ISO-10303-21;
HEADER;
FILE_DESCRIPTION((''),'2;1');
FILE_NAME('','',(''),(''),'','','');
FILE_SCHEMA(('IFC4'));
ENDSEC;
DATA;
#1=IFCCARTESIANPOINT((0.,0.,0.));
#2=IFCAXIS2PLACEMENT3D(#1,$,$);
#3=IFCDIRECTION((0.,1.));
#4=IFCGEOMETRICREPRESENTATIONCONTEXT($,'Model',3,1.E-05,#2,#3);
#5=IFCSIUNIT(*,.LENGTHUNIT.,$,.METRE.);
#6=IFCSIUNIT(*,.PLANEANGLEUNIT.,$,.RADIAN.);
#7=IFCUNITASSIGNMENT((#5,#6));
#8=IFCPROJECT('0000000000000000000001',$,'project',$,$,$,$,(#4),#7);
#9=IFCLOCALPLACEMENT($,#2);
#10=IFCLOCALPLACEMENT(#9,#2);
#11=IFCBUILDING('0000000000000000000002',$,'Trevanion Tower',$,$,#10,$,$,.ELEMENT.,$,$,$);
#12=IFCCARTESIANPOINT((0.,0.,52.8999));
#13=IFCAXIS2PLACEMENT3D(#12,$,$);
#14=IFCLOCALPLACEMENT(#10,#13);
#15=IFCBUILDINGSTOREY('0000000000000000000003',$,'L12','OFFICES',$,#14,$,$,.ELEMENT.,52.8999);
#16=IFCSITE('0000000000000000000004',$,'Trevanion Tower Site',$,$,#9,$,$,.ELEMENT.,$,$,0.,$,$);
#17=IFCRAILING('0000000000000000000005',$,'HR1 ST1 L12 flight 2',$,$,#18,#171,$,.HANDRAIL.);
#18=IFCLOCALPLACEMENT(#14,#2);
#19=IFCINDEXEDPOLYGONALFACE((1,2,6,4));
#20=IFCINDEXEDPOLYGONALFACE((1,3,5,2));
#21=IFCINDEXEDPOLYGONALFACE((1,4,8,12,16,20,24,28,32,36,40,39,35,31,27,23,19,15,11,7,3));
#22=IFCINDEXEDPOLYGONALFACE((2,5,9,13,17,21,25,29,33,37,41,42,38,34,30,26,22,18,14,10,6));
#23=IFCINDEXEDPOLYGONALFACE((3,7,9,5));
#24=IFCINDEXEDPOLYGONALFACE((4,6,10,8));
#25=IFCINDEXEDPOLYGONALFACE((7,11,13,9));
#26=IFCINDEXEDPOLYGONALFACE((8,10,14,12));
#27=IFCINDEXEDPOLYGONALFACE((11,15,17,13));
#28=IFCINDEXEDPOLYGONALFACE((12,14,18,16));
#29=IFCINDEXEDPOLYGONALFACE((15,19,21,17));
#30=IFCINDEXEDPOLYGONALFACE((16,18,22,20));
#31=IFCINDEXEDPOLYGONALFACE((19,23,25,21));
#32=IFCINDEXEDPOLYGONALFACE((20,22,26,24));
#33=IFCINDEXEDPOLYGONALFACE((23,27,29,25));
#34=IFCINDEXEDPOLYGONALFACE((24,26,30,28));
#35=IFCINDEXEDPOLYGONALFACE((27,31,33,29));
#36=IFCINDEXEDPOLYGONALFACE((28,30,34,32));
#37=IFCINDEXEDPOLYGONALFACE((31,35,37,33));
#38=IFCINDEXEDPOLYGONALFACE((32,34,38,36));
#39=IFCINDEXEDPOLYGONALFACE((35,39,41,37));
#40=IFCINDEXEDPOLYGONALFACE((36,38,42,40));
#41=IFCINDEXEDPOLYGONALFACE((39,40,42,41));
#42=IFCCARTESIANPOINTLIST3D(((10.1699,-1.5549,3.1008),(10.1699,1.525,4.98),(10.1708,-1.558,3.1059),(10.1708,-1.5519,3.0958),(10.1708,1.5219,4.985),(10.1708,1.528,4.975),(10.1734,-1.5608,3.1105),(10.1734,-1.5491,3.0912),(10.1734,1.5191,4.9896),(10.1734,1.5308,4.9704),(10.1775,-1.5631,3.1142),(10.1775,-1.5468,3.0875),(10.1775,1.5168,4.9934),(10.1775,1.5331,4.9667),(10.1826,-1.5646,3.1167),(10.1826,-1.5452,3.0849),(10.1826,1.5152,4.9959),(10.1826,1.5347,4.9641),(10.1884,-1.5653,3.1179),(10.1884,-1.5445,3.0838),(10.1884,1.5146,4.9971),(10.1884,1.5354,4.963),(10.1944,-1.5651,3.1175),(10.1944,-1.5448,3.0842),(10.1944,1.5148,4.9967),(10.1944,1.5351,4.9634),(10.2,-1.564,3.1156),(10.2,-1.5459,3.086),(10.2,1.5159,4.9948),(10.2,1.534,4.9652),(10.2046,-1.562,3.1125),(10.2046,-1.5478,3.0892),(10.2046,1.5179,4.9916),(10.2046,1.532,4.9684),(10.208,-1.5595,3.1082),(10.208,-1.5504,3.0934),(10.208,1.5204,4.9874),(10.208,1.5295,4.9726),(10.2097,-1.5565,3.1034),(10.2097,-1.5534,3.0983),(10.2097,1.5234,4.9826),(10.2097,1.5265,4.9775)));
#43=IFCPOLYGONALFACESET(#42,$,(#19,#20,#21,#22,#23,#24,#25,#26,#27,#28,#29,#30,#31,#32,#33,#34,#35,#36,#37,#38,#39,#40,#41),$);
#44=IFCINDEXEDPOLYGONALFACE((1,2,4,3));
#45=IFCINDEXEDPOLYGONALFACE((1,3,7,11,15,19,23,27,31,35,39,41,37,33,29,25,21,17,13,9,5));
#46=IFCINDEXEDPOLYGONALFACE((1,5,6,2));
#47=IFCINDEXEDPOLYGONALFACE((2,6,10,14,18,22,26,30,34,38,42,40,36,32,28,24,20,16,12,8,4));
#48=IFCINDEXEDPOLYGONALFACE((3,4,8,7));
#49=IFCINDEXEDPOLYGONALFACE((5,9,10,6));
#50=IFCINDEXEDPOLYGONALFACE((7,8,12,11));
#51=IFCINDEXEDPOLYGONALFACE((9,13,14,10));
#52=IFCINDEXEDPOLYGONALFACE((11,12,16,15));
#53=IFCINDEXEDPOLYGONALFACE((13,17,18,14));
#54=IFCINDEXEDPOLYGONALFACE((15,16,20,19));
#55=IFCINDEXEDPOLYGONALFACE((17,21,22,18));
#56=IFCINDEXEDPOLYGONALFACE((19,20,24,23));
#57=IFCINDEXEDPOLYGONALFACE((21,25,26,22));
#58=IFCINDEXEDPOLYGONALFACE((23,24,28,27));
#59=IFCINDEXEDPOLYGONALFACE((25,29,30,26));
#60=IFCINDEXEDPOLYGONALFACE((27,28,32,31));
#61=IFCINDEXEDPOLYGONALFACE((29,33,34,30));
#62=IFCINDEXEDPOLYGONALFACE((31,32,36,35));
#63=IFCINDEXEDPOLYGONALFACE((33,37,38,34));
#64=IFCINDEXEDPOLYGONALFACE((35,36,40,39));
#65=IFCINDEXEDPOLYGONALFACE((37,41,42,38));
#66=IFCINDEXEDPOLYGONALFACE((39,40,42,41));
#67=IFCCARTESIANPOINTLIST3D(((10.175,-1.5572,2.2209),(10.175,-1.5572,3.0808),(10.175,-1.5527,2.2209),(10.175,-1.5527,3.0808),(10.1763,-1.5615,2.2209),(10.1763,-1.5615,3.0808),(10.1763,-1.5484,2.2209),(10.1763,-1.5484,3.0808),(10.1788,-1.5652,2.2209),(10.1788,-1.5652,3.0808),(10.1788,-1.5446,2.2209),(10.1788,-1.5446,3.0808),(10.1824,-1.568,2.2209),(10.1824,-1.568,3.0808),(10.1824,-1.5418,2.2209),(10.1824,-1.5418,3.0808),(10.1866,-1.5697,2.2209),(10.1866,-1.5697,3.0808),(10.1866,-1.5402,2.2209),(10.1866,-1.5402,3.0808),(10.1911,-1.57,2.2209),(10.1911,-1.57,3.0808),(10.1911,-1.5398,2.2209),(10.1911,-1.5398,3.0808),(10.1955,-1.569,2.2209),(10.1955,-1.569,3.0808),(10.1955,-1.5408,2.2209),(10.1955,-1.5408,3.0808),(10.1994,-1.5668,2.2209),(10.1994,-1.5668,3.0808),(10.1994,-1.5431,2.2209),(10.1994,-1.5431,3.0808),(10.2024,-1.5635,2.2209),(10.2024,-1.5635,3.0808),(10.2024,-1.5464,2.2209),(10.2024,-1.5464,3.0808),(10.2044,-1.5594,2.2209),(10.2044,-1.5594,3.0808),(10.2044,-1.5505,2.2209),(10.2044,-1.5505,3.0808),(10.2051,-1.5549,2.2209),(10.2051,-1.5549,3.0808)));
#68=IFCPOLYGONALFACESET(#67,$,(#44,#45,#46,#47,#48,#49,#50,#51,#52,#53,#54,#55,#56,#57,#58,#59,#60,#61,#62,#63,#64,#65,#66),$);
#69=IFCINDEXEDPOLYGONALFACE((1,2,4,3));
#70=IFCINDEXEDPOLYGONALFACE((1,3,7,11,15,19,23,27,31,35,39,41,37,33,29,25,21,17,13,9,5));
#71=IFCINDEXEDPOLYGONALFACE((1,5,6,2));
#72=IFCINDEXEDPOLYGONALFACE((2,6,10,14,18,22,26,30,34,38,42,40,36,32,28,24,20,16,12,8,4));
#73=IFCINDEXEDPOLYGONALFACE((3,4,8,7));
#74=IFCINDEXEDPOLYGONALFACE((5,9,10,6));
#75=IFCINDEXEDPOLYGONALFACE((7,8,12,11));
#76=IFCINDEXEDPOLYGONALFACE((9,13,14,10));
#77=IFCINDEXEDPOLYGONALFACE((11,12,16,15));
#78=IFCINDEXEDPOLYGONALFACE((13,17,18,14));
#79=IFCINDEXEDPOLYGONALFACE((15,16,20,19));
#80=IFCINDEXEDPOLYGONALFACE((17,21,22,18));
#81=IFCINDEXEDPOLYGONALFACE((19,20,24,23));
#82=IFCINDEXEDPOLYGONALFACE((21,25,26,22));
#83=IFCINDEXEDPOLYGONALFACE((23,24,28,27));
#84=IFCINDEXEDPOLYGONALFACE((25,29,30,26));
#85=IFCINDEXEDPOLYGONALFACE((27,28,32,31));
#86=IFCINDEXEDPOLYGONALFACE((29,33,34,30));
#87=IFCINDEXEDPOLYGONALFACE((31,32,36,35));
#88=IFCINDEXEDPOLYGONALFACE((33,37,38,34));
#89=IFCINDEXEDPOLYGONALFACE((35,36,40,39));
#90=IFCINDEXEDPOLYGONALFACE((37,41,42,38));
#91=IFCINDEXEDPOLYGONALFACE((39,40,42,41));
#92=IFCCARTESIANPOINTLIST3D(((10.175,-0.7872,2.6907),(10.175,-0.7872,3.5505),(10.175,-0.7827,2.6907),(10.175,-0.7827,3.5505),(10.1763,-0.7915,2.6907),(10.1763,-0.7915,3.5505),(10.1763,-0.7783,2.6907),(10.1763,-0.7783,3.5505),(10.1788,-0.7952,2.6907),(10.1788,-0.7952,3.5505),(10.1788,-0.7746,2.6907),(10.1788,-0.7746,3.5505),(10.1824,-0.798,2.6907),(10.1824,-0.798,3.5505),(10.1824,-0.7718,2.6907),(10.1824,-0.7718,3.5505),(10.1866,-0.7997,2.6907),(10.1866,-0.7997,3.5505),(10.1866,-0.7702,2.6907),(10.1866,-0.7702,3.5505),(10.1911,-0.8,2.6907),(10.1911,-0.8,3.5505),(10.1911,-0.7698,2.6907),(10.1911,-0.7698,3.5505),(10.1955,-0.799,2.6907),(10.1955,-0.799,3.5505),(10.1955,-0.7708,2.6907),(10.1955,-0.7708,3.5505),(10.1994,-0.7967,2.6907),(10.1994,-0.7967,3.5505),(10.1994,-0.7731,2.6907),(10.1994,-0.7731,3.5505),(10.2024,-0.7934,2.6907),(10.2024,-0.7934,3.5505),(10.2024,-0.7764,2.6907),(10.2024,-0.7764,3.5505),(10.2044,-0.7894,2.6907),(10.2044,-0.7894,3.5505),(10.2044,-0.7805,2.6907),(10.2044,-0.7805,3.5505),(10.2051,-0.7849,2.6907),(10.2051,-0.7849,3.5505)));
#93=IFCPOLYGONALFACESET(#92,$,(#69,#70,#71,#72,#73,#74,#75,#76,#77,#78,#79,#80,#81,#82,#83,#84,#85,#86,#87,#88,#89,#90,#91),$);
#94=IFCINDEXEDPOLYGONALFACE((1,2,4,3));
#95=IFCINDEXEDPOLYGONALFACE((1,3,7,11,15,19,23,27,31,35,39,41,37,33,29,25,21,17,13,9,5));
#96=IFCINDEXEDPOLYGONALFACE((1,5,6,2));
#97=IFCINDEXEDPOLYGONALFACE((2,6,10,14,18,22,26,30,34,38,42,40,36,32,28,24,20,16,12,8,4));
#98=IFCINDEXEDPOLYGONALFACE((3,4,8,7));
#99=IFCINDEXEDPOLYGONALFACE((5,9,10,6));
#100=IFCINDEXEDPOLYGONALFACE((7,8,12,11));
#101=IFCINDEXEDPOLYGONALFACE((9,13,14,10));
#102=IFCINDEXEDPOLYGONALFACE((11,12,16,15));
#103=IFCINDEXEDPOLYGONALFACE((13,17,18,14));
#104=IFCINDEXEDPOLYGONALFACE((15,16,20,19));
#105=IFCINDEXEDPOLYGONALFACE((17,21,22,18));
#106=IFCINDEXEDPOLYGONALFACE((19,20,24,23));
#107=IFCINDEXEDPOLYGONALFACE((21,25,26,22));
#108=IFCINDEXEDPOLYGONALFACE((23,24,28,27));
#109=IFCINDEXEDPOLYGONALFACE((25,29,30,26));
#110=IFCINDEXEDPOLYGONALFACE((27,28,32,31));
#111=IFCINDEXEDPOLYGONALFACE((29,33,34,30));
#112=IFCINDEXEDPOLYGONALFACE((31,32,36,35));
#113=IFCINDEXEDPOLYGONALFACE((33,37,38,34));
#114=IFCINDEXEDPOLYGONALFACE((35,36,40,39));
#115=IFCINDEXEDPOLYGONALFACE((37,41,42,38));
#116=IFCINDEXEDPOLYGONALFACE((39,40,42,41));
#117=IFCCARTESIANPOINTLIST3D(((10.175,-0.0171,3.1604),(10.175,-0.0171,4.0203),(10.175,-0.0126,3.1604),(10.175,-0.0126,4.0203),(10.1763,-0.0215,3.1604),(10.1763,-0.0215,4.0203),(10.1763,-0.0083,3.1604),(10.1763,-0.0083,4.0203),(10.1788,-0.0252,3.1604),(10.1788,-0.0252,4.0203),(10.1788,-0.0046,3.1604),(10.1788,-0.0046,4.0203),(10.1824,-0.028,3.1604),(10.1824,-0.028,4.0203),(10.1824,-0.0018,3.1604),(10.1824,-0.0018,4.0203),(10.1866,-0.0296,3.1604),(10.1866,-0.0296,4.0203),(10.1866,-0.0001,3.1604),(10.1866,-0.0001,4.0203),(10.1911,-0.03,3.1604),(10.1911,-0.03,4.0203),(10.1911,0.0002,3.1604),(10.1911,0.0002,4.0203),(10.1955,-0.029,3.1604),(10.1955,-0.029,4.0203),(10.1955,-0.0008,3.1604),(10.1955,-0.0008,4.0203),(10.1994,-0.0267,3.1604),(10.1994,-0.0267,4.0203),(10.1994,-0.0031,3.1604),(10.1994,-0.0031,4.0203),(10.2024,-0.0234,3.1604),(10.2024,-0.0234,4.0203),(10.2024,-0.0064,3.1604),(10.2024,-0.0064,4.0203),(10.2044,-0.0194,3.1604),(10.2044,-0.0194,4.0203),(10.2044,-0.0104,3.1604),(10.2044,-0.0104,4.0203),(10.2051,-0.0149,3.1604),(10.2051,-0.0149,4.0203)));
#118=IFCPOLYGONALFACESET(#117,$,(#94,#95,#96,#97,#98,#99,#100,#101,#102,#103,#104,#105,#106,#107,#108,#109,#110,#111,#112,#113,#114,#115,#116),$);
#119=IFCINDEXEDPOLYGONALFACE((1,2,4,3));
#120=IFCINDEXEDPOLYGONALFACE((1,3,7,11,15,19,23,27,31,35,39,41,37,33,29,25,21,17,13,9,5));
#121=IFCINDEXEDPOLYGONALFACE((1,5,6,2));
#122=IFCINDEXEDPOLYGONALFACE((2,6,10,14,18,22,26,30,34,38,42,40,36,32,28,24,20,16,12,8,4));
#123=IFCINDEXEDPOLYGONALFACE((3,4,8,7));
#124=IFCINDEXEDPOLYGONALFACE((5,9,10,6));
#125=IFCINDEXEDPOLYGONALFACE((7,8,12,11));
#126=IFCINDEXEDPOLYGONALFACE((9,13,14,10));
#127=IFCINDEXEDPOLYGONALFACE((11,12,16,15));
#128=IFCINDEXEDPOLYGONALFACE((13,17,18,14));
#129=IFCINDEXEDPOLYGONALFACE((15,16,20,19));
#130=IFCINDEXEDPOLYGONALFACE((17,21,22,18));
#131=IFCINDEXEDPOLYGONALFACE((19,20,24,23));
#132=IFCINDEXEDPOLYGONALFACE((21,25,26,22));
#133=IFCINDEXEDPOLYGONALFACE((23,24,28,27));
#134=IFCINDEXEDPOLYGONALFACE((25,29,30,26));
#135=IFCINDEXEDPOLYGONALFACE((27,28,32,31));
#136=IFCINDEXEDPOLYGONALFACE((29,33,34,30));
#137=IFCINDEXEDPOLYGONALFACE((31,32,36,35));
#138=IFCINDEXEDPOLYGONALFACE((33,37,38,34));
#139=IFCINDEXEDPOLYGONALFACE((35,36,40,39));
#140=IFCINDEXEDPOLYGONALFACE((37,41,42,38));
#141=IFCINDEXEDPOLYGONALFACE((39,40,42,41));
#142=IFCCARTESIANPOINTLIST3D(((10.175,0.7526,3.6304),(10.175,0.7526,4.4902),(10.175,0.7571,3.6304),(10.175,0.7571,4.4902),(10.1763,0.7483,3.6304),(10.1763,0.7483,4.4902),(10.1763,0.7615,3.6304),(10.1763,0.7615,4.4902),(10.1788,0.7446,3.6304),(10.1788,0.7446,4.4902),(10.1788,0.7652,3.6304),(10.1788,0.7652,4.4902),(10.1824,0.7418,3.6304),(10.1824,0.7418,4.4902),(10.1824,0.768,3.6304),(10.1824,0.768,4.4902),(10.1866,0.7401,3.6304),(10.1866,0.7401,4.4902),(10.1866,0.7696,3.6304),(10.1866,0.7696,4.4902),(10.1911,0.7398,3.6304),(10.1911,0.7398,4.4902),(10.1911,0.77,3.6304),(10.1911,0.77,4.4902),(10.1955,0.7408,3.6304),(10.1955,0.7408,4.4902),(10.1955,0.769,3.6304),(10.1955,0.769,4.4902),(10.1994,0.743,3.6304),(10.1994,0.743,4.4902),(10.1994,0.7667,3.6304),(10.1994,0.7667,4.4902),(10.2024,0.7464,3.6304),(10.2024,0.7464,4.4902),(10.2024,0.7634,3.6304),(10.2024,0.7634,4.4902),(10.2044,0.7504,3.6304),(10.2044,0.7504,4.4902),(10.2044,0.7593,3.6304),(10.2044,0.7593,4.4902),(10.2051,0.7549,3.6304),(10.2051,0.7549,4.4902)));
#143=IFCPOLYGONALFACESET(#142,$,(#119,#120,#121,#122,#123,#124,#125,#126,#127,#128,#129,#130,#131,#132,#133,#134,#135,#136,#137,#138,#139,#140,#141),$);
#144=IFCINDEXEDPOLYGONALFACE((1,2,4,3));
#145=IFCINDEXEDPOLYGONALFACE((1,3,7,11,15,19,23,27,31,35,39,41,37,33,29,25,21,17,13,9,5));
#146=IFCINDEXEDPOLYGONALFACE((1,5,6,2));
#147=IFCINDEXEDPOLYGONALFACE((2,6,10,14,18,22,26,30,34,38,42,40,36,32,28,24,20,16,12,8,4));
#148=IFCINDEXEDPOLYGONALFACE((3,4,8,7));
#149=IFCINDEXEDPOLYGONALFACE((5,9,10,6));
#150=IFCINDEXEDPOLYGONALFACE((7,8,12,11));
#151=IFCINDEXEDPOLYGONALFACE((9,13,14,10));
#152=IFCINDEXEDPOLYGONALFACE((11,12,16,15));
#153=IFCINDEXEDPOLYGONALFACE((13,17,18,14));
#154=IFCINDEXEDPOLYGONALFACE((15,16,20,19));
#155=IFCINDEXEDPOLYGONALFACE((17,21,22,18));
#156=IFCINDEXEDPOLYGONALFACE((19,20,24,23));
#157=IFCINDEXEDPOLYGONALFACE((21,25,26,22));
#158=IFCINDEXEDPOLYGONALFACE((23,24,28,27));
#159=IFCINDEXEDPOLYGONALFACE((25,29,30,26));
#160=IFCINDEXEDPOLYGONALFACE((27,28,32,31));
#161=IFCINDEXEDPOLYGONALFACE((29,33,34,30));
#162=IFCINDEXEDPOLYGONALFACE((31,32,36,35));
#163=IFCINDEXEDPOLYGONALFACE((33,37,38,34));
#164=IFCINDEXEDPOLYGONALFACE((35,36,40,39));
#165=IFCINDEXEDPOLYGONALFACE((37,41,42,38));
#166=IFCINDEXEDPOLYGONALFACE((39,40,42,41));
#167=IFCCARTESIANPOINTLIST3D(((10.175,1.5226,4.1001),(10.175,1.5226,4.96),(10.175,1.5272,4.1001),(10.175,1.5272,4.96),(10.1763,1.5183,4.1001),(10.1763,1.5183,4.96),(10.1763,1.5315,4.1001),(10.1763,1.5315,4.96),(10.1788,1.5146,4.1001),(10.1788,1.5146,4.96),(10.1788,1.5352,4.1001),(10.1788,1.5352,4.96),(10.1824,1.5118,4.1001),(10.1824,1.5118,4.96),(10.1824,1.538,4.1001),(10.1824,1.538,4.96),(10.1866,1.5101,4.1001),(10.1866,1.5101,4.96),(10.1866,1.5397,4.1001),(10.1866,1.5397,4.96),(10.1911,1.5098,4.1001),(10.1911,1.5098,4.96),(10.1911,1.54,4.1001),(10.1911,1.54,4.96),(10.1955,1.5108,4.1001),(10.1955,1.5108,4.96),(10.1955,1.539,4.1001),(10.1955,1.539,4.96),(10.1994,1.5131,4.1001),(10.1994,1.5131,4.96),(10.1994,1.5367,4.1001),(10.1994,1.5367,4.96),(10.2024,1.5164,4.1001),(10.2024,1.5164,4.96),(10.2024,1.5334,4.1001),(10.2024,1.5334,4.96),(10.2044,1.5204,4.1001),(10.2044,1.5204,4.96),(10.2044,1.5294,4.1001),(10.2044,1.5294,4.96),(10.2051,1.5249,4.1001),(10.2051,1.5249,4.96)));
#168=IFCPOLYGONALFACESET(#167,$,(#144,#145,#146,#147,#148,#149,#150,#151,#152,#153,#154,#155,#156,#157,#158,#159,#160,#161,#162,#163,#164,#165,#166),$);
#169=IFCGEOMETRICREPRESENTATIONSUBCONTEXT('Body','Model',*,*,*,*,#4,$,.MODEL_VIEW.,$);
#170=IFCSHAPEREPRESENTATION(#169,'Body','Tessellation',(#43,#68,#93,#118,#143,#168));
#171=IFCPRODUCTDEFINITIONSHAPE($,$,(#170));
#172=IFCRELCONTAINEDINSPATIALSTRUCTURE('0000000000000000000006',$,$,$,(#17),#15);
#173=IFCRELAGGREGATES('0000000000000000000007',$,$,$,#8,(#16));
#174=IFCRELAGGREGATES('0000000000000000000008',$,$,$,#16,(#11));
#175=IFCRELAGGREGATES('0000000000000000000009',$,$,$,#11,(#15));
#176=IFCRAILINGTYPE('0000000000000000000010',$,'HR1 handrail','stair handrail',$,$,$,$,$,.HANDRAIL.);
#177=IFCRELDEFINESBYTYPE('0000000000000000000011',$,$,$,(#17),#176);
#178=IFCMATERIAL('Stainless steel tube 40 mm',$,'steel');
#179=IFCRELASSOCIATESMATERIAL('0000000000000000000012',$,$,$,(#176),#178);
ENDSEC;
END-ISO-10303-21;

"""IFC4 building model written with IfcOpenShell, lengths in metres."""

from ifc_helpers import new_model, si_unit, direction, frame, origin, origin_2d, place, context, subcontext, project, spatial, circle, extrude, material, type_object, element, save


model = new_model("IFC4")

# Units and contexts
model_context = context("Model", 3, precision=1e-05, world=origin(), true_north=direction((0.0, 1.0)))
body_context = subcontext(model_context, "Body", "Model", "MODEL_VIEW")
ifc_project = project(units=[si_unit("LENGTHUNIT", "METRE"), si_unit("PLANEANGLEUNIT", "RADIAN")], contexts=[model_context])

# Site, building, storey
site_placement = place(None, origin())
site = spatial("IfcSite", under=ifc_project, at=site_placement, Name="Trevanion Tower Site", CompositionType="ELEMENT", RefElevation=0.0)
building_placement = place(site_placement, origin())
building = spatial("IfcBuilding", under=site, at=building_placement, Name="Trevanion Tower", CompositionType="ELEMENT")
storey_placement = place(building_placement, frame((0.0, 0.0, 52.8999)))
storey = spatial("IfcBuildingStorey", under=building, at=storey_placement, Name="L12", Description="OFFICES", CompositionType="ELEMENT", Elevation=52.8999)

# Railing
ifc_material_1 = material(Name="Stainless steel tube 40 mm", Category="steel")
railing_type = type_object("IfcRailingType", Name="HR1 handrail", Description="stair handrail", PredefinedType="HANDRAIL", material=ifc_material_1)
for number, where, name in (
    (1, (10.1899, -1.5549, 2.2209), "HR1 ST1 L12 flight 2"),
):
    element("IfcRailing", number, at=place(storey_placement, frame(where)), inside=storey, type_object=railing_type, Name=name, PredefinedType="HANDRAIL", context=body_context, shape_type="SweptSolid", body=[
        extrude(circle(Radius=0.02, at=origin_2d()), frame((0.0, 0.0, 0.8799), z_axis=(0.0, 0.853648, 0.52085), x_axis=(-1.0, 0.0, 0.0)), (0.0, 0.0, 1.0), 3.6079),
        extrude(circle(Radius=0.0151, at=origin_2d()), origin(), (0.0, 0.0, 1.0), 0.8599),
        extrude(circle(Radius=0.0151, at=origin_2d()), frame((0.0, 0.77, 0.4697)), (0.0, 0.0, 1.0), 0.8599),
        extrude(circle(Radius=0.0151, at=origin_2d()), frame((0.0, 1.54, 0.9395)), (0.0, 0.0, 1.0), 0.8599),
        extrude(circle(Radius=0.0151, at=origin_2d()), frame((0.0, 2.3098, 1.4094)), (0.0, 0.0, 1.0), 0.8599),
        extrude(circle(Radius=0.0151, at=origin_2d()), frame((0.0, 3.0798, 1.8792)), (0.0, 0.0, 1.0), 0.8599),
    ])

save(model, "model.ifc")
